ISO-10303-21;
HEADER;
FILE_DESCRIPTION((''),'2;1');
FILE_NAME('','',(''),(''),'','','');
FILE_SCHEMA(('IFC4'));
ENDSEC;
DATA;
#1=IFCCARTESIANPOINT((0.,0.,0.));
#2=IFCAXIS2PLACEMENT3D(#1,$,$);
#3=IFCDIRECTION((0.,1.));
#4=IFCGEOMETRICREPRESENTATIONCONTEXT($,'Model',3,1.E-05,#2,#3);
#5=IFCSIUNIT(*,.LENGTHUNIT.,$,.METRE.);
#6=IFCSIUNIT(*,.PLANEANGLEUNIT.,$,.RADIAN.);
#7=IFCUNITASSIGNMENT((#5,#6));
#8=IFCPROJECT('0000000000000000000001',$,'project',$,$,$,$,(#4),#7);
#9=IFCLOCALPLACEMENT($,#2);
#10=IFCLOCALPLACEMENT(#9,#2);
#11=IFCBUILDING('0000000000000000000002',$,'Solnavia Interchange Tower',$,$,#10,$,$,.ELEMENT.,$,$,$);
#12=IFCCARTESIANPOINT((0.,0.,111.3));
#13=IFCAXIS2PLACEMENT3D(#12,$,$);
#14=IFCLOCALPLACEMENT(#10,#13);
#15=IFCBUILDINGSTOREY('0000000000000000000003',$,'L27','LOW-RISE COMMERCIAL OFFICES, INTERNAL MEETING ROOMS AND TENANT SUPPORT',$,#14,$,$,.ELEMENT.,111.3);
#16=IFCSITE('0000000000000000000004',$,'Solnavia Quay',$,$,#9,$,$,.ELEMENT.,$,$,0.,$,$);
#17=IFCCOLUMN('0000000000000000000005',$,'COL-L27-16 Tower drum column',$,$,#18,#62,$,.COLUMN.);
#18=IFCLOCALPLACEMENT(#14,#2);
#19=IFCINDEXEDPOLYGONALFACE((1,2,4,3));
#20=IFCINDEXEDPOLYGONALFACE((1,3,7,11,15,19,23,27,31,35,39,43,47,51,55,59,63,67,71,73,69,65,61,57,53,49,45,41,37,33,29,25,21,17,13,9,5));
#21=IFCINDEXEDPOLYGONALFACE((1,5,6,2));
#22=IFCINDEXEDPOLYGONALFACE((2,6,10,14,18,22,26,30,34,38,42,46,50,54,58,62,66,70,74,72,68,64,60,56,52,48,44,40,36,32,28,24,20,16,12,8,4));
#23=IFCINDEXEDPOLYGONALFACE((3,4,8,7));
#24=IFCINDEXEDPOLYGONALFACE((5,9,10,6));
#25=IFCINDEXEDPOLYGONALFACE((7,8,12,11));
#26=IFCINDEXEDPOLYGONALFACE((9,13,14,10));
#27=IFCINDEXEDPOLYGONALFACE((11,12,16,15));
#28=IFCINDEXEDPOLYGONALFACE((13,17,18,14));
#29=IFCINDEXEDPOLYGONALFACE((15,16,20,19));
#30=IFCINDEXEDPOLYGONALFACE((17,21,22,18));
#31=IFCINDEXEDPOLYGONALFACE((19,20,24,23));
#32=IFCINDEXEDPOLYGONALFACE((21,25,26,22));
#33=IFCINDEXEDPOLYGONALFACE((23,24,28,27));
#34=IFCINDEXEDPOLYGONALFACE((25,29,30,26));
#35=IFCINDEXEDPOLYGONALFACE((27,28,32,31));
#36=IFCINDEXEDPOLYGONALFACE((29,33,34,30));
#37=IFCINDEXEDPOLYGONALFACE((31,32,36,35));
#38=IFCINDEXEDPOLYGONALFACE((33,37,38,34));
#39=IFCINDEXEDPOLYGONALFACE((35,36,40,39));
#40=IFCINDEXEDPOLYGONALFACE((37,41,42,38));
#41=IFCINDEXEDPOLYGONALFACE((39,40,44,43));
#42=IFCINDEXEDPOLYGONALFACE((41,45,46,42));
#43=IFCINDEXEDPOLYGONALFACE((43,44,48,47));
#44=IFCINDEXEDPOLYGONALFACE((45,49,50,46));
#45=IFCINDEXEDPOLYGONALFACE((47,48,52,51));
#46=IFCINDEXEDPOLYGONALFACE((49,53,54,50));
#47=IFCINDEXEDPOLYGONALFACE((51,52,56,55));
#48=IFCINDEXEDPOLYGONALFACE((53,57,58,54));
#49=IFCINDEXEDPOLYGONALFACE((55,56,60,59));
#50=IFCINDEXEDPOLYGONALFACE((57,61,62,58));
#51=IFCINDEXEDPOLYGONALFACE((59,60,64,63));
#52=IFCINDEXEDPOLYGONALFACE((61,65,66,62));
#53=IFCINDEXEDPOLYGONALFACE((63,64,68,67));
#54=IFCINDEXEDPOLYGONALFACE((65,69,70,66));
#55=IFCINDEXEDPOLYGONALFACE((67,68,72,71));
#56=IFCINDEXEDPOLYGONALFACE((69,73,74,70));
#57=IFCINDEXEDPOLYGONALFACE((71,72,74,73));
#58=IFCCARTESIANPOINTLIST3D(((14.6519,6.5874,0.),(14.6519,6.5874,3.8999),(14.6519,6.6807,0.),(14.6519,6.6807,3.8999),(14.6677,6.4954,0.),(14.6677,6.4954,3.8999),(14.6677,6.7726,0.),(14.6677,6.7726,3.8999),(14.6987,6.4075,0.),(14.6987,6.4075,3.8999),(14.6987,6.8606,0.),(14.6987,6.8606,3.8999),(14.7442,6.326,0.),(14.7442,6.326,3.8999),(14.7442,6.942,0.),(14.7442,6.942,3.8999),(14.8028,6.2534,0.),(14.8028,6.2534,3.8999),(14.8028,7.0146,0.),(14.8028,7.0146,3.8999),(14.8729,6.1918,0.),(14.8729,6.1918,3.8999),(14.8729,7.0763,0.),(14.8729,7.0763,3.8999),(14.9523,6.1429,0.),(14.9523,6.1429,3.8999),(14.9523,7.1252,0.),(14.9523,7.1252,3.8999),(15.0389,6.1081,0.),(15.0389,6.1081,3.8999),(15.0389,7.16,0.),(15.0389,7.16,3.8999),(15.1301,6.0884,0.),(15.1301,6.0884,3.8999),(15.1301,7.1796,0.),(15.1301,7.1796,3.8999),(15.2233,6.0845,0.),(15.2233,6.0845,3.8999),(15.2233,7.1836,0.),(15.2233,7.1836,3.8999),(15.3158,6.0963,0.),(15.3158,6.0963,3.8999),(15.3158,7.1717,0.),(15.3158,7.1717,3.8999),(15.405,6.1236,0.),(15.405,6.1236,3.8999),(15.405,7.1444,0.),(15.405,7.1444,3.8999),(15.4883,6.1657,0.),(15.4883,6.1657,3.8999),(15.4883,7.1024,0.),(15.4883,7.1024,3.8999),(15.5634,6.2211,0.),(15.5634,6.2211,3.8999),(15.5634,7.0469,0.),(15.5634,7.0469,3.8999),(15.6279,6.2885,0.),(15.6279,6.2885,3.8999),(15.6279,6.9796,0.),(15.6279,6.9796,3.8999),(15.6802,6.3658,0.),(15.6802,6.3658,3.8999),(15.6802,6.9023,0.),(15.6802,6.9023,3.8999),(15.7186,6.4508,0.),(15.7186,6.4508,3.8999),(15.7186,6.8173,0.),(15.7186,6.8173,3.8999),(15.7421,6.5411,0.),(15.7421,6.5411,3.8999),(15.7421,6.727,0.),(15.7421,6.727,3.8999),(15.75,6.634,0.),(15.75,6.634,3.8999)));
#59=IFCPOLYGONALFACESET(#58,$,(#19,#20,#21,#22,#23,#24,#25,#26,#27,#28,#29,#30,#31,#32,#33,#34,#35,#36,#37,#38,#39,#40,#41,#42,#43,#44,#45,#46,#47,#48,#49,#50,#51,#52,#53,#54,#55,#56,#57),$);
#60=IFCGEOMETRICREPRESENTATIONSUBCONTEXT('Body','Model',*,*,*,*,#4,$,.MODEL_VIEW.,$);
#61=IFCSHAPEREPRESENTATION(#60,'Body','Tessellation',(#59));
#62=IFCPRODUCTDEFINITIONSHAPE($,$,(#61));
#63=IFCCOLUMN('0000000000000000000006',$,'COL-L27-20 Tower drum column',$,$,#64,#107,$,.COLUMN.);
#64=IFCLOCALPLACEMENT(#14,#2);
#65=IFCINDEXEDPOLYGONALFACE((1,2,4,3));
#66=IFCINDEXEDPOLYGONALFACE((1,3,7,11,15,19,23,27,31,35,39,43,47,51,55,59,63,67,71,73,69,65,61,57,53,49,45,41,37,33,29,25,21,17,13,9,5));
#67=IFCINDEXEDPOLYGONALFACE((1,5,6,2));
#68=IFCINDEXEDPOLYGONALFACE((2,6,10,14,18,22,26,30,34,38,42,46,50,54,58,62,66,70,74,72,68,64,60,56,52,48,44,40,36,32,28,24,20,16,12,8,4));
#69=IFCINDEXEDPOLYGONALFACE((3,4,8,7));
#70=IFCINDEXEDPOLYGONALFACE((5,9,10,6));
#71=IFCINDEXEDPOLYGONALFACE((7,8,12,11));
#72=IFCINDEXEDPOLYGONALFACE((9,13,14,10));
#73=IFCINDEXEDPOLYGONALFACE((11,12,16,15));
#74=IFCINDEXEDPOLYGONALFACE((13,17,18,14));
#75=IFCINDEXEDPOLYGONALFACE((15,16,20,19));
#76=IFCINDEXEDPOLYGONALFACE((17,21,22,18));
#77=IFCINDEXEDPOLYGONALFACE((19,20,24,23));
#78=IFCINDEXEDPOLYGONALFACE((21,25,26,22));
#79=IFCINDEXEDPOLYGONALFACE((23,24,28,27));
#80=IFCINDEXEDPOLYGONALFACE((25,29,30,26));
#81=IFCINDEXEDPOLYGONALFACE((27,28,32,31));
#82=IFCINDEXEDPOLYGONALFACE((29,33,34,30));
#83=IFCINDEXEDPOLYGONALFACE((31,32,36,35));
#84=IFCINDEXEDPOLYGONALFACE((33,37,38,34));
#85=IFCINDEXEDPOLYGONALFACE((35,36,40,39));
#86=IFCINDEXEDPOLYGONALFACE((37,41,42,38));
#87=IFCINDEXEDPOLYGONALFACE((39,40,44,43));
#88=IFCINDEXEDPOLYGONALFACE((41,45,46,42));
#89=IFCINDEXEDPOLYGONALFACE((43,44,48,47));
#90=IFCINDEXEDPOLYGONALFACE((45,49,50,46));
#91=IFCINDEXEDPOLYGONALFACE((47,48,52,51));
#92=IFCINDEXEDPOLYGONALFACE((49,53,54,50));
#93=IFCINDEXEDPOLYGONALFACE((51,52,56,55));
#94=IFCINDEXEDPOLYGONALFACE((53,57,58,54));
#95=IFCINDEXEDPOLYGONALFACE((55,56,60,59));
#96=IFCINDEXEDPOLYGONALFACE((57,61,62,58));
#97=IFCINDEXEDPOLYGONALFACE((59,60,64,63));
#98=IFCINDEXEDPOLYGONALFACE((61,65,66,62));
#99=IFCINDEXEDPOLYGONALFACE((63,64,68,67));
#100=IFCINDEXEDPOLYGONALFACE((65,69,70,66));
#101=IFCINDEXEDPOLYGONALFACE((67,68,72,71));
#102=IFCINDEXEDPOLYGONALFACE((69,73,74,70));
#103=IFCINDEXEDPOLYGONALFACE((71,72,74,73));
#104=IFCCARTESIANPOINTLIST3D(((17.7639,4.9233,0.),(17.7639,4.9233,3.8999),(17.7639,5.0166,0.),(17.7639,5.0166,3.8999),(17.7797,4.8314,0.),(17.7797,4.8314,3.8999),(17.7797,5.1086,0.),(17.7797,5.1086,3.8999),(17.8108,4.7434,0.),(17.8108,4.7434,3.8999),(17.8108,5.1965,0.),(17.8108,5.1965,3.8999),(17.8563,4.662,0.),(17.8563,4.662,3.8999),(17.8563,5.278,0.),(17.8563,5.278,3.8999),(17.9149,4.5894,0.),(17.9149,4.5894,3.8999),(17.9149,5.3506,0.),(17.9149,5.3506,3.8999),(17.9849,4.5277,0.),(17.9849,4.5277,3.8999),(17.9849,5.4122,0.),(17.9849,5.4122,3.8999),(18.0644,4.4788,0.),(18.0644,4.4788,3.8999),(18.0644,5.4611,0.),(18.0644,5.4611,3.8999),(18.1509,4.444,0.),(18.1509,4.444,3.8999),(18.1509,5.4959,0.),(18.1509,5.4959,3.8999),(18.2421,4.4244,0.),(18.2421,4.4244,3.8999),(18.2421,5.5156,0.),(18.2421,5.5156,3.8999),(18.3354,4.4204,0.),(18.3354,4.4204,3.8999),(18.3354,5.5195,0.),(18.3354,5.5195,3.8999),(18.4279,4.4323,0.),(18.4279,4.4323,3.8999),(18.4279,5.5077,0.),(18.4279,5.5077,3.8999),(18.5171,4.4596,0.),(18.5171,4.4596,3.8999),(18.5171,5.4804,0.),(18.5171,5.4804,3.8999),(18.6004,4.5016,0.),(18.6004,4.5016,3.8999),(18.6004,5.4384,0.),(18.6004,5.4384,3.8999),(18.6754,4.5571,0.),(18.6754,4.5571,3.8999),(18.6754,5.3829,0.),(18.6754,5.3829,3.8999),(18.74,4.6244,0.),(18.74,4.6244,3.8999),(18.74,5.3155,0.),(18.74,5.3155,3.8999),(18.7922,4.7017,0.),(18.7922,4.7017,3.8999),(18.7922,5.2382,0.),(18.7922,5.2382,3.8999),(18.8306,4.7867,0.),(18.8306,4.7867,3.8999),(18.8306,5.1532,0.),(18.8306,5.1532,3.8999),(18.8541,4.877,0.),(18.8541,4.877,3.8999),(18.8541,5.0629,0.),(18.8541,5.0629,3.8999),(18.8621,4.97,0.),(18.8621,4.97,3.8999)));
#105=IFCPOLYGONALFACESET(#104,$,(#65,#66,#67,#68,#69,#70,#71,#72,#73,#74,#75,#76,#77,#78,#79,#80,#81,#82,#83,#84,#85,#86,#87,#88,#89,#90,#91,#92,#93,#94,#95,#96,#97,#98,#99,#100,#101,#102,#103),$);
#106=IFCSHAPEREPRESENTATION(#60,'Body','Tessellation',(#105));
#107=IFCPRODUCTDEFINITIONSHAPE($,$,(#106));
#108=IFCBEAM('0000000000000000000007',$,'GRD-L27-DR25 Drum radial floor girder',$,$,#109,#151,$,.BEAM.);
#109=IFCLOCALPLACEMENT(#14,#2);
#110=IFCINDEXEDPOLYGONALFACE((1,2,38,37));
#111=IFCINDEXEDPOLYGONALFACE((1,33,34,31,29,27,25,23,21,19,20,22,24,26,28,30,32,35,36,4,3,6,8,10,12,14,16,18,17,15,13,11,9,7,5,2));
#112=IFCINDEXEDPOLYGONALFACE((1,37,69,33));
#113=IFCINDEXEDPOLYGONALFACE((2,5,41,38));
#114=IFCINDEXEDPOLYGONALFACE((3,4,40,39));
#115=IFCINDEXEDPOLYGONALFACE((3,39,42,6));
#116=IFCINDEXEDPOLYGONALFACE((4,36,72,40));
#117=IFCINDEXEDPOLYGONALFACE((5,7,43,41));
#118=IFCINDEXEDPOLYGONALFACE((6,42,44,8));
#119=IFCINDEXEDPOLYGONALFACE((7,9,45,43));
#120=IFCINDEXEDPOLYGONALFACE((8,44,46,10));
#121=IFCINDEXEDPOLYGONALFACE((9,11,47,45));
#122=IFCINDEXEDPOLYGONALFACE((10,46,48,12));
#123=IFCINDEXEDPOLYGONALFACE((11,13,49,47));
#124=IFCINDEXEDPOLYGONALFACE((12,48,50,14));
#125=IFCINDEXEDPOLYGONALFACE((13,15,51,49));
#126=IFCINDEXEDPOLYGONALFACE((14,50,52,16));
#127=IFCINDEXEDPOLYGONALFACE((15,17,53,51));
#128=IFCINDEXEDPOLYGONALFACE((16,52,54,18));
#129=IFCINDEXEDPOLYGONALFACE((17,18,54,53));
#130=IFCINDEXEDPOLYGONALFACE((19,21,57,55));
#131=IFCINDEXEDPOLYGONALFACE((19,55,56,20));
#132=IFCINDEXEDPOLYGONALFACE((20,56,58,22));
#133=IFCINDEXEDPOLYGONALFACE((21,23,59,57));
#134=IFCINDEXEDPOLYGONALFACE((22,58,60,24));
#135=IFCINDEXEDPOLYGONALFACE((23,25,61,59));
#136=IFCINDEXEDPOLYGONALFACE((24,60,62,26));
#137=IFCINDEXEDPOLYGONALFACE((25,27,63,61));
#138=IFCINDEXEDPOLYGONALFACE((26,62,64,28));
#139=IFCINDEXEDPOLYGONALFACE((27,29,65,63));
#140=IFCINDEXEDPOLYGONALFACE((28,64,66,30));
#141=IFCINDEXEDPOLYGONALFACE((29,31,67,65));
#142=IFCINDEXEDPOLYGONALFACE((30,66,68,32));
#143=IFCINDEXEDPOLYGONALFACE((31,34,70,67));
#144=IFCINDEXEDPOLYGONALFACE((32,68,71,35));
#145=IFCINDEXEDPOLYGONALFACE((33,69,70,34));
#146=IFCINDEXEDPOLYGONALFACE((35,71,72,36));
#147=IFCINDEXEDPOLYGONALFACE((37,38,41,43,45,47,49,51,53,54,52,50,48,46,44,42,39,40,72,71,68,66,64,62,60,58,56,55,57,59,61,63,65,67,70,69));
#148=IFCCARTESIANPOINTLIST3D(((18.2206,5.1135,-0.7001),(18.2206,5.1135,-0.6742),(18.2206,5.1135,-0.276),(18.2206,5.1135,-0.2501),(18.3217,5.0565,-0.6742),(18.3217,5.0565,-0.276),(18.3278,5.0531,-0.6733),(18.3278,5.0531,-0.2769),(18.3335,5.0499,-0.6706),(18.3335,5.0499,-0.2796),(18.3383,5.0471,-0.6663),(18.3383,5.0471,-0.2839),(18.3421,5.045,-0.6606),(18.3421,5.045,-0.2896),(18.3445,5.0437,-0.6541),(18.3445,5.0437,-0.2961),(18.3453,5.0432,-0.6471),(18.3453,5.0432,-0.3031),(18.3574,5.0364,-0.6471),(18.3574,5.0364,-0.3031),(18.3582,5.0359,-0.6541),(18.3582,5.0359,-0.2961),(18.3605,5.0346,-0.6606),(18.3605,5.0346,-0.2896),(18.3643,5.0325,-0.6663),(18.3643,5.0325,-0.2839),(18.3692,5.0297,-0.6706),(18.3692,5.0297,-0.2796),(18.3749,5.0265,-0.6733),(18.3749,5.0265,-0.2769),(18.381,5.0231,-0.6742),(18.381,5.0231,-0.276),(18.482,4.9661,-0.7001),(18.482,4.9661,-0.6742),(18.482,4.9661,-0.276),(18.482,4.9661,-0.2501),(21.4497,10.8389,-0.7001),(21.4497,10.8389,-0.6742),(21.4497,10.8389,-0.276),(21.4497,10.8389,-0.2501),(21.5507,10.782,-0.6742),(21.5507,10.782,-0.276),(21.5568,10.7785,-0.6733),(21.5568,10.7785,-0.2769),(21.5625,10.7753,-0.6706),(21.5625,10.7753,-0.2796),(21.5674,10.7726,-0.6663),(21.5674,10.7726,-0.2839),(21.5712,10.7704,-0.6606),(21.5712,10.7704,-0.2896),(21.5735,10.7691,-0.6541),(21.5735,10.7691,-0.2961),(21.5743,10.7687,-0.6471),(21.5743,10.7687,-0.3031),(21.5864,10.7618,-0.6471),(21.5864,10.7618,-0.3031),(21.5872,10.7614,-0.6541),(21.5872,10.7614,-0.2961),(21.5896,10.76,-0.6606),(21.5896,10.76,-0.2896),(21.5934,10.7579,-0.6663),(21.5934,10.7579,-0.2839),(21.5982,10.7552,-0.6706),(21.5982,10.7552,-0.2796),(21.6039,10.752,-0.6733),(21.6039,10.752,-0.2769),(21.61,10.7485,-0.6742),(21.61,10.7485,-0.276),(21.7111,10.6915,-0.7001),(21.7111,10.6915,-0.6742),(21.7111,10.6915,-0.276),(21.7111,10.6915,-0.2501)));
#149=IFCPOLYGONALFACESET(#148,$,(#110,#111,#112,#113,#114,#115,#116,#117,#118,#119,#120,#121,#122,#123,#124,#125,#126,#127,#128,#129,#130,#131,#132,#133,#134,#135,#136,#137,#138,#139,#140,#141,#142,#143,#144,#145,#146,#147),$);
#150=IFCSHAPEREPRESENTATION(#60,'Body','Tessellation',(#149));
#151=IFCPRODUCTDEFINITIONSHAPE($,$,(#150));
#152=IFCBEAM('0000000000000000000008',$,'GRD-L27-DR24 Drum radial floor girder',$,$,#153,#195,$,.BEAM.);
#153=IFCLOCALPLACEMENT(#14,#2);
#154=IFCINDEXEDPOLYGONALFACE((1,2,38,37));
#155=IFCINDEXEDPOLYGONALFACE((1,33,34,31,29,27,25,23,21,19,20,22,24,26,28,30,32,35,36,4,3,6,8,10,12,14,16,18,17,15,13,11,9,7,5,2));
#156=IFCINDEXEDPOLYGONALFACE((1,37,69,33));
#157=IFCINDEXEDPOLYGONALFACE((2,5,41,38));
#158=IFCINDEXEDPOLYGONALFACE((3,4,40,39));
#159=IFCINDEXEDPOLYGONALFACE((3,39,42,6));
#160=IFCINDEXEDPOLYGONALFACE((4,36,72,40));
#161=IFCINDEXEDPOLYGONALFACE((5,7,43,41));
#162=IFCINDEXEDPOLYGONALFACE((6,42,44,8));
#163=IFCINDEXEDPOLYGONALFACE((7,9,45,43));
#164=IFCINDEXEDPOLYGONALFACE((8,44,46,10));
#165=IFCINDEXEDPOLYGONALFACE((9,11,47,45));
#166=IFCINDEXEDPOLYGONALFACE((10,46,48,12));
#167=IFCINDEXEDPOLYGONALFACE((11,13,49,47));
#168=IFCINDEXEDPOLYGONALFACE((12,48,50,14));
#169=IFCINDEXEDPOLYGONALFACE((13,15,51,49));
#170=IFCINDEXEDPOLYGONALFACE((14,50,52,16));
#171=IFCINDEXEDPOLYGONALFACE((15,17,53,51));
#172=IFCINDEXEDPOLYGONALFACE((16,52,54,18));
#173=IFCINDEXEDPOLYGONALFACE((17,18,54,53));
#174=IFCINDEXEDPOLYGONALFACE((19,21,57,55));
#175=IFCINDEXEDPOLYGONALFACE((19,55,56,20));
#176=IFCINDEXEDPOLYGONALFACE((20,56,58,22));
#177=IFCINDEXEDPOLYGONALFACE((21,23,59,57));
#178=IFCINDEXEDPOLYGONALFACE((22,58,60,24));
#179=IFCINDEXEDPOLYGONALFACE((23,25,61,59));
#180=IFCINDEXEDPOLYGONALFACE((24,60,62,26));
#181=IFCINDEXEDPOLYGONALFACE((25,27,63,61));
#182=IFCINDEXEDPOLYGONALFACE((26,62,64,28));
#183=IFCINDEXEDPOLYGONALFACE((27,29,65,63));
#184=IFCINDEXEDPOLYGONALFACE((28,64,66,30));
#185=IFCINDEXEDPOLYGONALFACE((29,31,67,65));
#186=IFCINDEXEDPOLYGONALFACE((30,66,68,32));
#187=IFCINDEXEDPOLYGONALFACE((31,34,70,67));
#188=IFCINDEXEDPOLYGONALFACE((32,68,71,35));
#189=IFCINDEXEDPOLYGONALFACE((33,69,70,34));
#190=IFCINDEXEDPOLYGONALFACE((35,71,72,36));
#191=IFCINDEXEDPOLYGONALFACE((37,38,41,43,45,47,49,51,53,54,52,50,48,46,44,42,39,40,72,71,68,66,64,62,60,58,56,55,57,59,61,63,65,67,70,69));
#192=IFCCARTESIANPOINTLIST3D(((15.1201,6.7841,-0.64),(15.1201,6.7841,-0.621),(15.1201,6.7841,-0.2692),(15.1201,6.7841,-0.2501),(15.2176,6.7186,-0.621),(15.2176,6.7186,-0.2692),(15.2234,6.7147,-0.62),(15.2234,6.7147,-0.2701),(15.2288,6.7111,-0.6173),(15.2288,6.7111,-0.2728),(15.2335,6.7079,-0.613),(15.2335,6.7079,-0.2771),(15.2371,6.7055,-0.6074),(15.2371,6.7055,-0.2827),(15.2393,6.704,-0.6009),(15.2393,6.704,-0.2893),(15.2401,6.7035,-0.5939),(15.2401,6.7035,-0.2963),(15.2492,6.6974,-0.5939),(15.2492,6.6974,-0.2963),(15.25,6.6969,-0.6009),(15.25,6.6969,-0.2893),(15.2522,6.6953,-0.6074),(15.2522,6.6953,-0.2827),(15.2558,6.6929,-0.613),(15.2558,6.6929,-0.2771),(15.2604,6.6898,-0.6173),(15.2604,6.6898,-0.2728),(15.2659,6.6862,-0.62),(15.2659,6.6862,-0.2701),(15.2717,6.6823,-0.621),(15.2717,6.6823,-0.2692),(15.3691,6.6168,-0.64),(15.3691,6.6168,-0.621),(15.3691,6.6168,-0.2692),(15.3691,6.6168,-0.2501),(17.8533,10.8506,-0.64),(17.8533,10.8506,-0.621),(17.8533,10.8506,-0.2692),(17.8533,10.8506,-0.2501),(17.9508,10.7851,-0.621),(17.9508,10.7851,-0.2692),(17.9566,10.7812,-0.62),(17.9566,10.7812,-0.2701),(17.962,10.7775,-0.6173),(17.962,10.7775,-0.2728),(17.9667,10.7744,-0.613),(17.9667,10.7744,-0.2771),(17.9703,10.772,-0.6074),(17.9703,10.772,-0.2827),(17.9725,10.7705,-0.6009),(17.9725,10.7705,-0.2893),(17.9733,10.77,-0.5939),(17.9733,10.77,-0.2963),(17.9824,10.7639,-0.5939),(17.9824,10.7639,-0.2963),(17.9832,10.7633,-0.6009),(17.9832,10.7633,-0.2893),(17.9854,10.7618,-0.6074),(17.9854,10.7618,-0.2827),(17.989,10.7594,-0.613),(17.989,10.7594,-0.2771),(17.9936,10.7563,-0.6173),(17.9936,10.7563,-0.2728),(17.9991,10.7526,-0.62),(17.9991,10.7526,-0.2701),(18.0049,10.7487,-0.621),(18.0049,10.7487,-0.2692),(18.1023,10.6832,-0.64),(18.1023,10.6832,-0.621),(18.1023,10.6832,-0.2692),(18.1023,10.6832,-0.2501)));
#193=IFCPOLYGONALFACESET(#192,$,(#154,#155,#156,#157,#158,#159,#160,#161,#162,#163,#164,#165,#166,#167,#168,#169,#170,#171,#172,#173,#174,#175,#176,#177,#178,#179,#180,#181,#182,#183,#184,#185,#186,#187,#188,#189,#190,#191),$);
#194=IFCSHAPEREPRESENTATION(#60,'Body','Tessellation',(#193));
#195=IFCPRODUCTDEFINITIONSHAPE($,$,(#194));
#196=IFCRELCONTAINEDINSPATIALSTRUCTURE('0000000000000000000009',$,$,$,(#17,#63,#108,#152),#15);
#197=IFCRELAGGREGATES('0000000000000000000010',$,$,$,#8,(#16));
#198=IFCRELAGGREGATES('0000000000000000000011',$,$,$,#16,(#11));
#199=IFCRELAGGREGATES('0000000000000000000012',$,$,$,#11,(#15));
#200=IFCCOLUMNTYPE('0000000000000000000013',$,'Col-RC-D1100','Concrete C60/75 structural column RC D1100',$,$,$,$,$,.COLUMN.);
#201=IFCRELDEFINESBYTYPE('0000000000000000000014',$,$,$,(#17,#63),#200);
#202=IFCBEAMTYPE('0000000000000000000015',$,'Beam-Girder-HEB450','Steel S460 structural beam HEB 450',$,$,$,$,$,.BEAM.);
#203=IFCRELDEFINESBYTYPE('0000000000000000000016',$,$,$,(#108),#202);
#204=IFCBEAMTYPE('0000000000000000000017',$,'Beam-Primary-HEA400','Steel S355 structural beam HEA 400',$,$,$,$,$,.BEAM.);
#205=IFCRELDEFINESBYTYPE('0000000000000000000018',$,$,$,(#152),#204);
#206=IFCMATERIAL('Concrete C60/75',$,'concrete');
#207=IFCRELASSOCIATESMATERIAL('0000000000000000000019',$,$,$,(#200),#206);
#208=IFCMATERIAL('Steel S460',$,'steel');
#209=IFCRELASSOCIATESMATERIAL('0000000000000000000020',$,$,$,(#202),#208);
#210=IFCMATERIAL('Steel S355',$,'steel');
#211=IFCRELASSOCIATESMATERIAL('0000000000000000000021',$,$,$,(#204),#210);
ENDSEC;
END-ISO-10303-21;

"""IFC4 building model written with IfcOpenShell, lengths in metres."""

from ifc_helpers import new_model, si_unit, direction, frame, origin, origin_2d, place, context, subcontext, project, spatial, circle, i_section, extrude, material, material_profile, profile_set, type_object, element, save


model = new_model("IFC4")

# Units and contexts
model_context = context("Model", 3, precision=1e-05, world=origin(), true_north=direction((0.0, 1.0)))
body_context = subcontext(model_context, "Body", "Model", "MODEL_VIEW")
ifc_project = project(units=[si_unit("LENGTHUNIT", "METRE"), si_unit("PLANEANGLEUNIT", "RADIAN")], contexts=[model_context])

# Site, building, storey
site_placement = place(None, origin())
site = spatial("IfcSite", under=ifc_project, at=site_placement, Name="Solnavia Quay", CompositionType="ELEMENT", RefElevation=0.0)
building_placement = place(site_placement, origin())
building = spatial("IfcBuilding", under=site, at=building_placement, Name="Solnavia Interchange Tower", CompositionType="ELEMENT")
storey_placement = place(building_placement, frame((0.0, 0.0, 111.3)))
storey = spatial("IfcBuildingStorey", under=building, at=storey_placement, Name="L27", Description="LOW-RISE COMMERCIAL OFFICES, INTERNAL MEETING ROOMS AND TENANT SUPPORT", CompositionType="ELEMENT", Elevation=111.3)

# Columns
ifc_material_1 = material(Name="Concrete C60/75", Category="concrete")
ifc_material_profile_1 = material_profile(ifc_material_1, circle(Radius=0.55, at=origin_2d()), Name="RC D1100")
ifc_profile_set_1 = profile_set([ifc_material_profile_1], Name="Concrete C60/75")
column_type = type_object("IfcColumnType", Name="Col-RC-D1100", Description="Concrete C60/75 structural column RC D1100", PredefinedType="COLUMN", material=ifc_profile_set_1)
for number, where, z_axis, x_axis, name in (
    (1, (15.2, 6.634, 0.0), (0.0, 0.0, 1.0), (1.0, 0.0, 0.0), "COL-L27-16 Tower drum column"),
    (2, (18.312, 4.97, 0.0), (0.0, 0.0, 1.0), (1.0, 0.0, 0.0), "COL-L27-20 Tower drum column"),
):
    element("IfcColumn", number, at=place(storey_placement, frame(where, z_axis=z_axis, x_axis=x_axis)), inside=storey, type_object=column_type, Name=name, PredefinedType="COLUMN", context=body_context, shape_type="SweptSolid", body=[
        extrude(circle(Radius=0.55, at=origin_2d()), origin(), (0.0, 0.0, 1.0), 3.8999),
    ])

# Beams
ifc_material_2 = material(Name="Steel S460", Category="steel")
ifc_material_profile_2 = material_profile(ifc_material_2, i_section(OverallWidth=0.3, OverallDepth=0.45, WebThickness=0.0139, FlangeThickness=0.0259, FilletRadius=0.0271, at=origin_2d()), Name="HEB 450")
ifc_profile_set_2 = profile_set([ifc_material_profile_2], Name="Steel S460")
beam_type_1 = type_object("IfcBeamType", Name="Beam-Girder-HEB450", Description="Steel S460 structural beam HEB 450", PredefinedType="BEAM", material=ifc_profile_set_2)
beam_1_placement = place(storey_placement, frame((18.3513, 5.0398, -0.4751), z_axis=(0.491243, 0.871022, 0.0), x_axis=(-0.871022, 0.491243, 0.0)))
element("IfcBeam", 3, at=beam_1_placement, inside=storey, type_object=beam_type_1, Name="GRD-L27-DR25 Drum radial floor girder", PredefinedType="BEAM", context=body_context, shape_type="SweptSolid", body=[
    extrude(i_section(OverallWidth=0.3, OverallDepth=0.45, WebThickness=0.0139, FlangeThickness=0.0259, FilletRadius=0.0271, at=origin_2d()), origin(), (0.0, 0.0, 1.0), 6.5732),
])
ifc_material_3 = material(Name="Steel S355", Category="steel")
ifc_material_profile_3 = material_profile(ifc_material_3, i_section(OverallWidth=0.3, OverallDepth=0.3899, WebThickness=0.011, FlangeThickness=0.019, FilletRadius=0.0271, at=origin_2d()), Name="HEA 400")
ifc_profile_set_3 = profile_set([ifc_material_profile_3], Name="Steel S355")
beam_type_2 = type_object("IfcBeamType", Name="Beam-Primary-HEA400", Description="Steel S355 structural beam HEA 400", PredefinedType="BEAM", material=ifc_profile_set_3)
beam_2_placement = place(storey_placement, frame((15.2446, 6.7004, -0.4451), z_axis=(0.557835, 0.829952, 0.0), x_axis=(-0.829952, 0.557835, 0.0)))
element("IfcBeam", 4, at=beam_2_placement, inside=storey, type_object=beam_type_2, Name="GRD-L27-DR24 Drum radial floor girder", PredefinedType="BEAM", context=body_context, shape_type="SweptSolid", body=[
    extrude(i_section(OverallWidth=0.3, OverallDepth=0.3899, WebThickness=0.011, FlangeThickness=0.019, FilletRadius=0.0271, at=origin_2d()), origin(), (0.0, 0.0, 1.0), 4.8997),
])

save(model, "model.ifc")
